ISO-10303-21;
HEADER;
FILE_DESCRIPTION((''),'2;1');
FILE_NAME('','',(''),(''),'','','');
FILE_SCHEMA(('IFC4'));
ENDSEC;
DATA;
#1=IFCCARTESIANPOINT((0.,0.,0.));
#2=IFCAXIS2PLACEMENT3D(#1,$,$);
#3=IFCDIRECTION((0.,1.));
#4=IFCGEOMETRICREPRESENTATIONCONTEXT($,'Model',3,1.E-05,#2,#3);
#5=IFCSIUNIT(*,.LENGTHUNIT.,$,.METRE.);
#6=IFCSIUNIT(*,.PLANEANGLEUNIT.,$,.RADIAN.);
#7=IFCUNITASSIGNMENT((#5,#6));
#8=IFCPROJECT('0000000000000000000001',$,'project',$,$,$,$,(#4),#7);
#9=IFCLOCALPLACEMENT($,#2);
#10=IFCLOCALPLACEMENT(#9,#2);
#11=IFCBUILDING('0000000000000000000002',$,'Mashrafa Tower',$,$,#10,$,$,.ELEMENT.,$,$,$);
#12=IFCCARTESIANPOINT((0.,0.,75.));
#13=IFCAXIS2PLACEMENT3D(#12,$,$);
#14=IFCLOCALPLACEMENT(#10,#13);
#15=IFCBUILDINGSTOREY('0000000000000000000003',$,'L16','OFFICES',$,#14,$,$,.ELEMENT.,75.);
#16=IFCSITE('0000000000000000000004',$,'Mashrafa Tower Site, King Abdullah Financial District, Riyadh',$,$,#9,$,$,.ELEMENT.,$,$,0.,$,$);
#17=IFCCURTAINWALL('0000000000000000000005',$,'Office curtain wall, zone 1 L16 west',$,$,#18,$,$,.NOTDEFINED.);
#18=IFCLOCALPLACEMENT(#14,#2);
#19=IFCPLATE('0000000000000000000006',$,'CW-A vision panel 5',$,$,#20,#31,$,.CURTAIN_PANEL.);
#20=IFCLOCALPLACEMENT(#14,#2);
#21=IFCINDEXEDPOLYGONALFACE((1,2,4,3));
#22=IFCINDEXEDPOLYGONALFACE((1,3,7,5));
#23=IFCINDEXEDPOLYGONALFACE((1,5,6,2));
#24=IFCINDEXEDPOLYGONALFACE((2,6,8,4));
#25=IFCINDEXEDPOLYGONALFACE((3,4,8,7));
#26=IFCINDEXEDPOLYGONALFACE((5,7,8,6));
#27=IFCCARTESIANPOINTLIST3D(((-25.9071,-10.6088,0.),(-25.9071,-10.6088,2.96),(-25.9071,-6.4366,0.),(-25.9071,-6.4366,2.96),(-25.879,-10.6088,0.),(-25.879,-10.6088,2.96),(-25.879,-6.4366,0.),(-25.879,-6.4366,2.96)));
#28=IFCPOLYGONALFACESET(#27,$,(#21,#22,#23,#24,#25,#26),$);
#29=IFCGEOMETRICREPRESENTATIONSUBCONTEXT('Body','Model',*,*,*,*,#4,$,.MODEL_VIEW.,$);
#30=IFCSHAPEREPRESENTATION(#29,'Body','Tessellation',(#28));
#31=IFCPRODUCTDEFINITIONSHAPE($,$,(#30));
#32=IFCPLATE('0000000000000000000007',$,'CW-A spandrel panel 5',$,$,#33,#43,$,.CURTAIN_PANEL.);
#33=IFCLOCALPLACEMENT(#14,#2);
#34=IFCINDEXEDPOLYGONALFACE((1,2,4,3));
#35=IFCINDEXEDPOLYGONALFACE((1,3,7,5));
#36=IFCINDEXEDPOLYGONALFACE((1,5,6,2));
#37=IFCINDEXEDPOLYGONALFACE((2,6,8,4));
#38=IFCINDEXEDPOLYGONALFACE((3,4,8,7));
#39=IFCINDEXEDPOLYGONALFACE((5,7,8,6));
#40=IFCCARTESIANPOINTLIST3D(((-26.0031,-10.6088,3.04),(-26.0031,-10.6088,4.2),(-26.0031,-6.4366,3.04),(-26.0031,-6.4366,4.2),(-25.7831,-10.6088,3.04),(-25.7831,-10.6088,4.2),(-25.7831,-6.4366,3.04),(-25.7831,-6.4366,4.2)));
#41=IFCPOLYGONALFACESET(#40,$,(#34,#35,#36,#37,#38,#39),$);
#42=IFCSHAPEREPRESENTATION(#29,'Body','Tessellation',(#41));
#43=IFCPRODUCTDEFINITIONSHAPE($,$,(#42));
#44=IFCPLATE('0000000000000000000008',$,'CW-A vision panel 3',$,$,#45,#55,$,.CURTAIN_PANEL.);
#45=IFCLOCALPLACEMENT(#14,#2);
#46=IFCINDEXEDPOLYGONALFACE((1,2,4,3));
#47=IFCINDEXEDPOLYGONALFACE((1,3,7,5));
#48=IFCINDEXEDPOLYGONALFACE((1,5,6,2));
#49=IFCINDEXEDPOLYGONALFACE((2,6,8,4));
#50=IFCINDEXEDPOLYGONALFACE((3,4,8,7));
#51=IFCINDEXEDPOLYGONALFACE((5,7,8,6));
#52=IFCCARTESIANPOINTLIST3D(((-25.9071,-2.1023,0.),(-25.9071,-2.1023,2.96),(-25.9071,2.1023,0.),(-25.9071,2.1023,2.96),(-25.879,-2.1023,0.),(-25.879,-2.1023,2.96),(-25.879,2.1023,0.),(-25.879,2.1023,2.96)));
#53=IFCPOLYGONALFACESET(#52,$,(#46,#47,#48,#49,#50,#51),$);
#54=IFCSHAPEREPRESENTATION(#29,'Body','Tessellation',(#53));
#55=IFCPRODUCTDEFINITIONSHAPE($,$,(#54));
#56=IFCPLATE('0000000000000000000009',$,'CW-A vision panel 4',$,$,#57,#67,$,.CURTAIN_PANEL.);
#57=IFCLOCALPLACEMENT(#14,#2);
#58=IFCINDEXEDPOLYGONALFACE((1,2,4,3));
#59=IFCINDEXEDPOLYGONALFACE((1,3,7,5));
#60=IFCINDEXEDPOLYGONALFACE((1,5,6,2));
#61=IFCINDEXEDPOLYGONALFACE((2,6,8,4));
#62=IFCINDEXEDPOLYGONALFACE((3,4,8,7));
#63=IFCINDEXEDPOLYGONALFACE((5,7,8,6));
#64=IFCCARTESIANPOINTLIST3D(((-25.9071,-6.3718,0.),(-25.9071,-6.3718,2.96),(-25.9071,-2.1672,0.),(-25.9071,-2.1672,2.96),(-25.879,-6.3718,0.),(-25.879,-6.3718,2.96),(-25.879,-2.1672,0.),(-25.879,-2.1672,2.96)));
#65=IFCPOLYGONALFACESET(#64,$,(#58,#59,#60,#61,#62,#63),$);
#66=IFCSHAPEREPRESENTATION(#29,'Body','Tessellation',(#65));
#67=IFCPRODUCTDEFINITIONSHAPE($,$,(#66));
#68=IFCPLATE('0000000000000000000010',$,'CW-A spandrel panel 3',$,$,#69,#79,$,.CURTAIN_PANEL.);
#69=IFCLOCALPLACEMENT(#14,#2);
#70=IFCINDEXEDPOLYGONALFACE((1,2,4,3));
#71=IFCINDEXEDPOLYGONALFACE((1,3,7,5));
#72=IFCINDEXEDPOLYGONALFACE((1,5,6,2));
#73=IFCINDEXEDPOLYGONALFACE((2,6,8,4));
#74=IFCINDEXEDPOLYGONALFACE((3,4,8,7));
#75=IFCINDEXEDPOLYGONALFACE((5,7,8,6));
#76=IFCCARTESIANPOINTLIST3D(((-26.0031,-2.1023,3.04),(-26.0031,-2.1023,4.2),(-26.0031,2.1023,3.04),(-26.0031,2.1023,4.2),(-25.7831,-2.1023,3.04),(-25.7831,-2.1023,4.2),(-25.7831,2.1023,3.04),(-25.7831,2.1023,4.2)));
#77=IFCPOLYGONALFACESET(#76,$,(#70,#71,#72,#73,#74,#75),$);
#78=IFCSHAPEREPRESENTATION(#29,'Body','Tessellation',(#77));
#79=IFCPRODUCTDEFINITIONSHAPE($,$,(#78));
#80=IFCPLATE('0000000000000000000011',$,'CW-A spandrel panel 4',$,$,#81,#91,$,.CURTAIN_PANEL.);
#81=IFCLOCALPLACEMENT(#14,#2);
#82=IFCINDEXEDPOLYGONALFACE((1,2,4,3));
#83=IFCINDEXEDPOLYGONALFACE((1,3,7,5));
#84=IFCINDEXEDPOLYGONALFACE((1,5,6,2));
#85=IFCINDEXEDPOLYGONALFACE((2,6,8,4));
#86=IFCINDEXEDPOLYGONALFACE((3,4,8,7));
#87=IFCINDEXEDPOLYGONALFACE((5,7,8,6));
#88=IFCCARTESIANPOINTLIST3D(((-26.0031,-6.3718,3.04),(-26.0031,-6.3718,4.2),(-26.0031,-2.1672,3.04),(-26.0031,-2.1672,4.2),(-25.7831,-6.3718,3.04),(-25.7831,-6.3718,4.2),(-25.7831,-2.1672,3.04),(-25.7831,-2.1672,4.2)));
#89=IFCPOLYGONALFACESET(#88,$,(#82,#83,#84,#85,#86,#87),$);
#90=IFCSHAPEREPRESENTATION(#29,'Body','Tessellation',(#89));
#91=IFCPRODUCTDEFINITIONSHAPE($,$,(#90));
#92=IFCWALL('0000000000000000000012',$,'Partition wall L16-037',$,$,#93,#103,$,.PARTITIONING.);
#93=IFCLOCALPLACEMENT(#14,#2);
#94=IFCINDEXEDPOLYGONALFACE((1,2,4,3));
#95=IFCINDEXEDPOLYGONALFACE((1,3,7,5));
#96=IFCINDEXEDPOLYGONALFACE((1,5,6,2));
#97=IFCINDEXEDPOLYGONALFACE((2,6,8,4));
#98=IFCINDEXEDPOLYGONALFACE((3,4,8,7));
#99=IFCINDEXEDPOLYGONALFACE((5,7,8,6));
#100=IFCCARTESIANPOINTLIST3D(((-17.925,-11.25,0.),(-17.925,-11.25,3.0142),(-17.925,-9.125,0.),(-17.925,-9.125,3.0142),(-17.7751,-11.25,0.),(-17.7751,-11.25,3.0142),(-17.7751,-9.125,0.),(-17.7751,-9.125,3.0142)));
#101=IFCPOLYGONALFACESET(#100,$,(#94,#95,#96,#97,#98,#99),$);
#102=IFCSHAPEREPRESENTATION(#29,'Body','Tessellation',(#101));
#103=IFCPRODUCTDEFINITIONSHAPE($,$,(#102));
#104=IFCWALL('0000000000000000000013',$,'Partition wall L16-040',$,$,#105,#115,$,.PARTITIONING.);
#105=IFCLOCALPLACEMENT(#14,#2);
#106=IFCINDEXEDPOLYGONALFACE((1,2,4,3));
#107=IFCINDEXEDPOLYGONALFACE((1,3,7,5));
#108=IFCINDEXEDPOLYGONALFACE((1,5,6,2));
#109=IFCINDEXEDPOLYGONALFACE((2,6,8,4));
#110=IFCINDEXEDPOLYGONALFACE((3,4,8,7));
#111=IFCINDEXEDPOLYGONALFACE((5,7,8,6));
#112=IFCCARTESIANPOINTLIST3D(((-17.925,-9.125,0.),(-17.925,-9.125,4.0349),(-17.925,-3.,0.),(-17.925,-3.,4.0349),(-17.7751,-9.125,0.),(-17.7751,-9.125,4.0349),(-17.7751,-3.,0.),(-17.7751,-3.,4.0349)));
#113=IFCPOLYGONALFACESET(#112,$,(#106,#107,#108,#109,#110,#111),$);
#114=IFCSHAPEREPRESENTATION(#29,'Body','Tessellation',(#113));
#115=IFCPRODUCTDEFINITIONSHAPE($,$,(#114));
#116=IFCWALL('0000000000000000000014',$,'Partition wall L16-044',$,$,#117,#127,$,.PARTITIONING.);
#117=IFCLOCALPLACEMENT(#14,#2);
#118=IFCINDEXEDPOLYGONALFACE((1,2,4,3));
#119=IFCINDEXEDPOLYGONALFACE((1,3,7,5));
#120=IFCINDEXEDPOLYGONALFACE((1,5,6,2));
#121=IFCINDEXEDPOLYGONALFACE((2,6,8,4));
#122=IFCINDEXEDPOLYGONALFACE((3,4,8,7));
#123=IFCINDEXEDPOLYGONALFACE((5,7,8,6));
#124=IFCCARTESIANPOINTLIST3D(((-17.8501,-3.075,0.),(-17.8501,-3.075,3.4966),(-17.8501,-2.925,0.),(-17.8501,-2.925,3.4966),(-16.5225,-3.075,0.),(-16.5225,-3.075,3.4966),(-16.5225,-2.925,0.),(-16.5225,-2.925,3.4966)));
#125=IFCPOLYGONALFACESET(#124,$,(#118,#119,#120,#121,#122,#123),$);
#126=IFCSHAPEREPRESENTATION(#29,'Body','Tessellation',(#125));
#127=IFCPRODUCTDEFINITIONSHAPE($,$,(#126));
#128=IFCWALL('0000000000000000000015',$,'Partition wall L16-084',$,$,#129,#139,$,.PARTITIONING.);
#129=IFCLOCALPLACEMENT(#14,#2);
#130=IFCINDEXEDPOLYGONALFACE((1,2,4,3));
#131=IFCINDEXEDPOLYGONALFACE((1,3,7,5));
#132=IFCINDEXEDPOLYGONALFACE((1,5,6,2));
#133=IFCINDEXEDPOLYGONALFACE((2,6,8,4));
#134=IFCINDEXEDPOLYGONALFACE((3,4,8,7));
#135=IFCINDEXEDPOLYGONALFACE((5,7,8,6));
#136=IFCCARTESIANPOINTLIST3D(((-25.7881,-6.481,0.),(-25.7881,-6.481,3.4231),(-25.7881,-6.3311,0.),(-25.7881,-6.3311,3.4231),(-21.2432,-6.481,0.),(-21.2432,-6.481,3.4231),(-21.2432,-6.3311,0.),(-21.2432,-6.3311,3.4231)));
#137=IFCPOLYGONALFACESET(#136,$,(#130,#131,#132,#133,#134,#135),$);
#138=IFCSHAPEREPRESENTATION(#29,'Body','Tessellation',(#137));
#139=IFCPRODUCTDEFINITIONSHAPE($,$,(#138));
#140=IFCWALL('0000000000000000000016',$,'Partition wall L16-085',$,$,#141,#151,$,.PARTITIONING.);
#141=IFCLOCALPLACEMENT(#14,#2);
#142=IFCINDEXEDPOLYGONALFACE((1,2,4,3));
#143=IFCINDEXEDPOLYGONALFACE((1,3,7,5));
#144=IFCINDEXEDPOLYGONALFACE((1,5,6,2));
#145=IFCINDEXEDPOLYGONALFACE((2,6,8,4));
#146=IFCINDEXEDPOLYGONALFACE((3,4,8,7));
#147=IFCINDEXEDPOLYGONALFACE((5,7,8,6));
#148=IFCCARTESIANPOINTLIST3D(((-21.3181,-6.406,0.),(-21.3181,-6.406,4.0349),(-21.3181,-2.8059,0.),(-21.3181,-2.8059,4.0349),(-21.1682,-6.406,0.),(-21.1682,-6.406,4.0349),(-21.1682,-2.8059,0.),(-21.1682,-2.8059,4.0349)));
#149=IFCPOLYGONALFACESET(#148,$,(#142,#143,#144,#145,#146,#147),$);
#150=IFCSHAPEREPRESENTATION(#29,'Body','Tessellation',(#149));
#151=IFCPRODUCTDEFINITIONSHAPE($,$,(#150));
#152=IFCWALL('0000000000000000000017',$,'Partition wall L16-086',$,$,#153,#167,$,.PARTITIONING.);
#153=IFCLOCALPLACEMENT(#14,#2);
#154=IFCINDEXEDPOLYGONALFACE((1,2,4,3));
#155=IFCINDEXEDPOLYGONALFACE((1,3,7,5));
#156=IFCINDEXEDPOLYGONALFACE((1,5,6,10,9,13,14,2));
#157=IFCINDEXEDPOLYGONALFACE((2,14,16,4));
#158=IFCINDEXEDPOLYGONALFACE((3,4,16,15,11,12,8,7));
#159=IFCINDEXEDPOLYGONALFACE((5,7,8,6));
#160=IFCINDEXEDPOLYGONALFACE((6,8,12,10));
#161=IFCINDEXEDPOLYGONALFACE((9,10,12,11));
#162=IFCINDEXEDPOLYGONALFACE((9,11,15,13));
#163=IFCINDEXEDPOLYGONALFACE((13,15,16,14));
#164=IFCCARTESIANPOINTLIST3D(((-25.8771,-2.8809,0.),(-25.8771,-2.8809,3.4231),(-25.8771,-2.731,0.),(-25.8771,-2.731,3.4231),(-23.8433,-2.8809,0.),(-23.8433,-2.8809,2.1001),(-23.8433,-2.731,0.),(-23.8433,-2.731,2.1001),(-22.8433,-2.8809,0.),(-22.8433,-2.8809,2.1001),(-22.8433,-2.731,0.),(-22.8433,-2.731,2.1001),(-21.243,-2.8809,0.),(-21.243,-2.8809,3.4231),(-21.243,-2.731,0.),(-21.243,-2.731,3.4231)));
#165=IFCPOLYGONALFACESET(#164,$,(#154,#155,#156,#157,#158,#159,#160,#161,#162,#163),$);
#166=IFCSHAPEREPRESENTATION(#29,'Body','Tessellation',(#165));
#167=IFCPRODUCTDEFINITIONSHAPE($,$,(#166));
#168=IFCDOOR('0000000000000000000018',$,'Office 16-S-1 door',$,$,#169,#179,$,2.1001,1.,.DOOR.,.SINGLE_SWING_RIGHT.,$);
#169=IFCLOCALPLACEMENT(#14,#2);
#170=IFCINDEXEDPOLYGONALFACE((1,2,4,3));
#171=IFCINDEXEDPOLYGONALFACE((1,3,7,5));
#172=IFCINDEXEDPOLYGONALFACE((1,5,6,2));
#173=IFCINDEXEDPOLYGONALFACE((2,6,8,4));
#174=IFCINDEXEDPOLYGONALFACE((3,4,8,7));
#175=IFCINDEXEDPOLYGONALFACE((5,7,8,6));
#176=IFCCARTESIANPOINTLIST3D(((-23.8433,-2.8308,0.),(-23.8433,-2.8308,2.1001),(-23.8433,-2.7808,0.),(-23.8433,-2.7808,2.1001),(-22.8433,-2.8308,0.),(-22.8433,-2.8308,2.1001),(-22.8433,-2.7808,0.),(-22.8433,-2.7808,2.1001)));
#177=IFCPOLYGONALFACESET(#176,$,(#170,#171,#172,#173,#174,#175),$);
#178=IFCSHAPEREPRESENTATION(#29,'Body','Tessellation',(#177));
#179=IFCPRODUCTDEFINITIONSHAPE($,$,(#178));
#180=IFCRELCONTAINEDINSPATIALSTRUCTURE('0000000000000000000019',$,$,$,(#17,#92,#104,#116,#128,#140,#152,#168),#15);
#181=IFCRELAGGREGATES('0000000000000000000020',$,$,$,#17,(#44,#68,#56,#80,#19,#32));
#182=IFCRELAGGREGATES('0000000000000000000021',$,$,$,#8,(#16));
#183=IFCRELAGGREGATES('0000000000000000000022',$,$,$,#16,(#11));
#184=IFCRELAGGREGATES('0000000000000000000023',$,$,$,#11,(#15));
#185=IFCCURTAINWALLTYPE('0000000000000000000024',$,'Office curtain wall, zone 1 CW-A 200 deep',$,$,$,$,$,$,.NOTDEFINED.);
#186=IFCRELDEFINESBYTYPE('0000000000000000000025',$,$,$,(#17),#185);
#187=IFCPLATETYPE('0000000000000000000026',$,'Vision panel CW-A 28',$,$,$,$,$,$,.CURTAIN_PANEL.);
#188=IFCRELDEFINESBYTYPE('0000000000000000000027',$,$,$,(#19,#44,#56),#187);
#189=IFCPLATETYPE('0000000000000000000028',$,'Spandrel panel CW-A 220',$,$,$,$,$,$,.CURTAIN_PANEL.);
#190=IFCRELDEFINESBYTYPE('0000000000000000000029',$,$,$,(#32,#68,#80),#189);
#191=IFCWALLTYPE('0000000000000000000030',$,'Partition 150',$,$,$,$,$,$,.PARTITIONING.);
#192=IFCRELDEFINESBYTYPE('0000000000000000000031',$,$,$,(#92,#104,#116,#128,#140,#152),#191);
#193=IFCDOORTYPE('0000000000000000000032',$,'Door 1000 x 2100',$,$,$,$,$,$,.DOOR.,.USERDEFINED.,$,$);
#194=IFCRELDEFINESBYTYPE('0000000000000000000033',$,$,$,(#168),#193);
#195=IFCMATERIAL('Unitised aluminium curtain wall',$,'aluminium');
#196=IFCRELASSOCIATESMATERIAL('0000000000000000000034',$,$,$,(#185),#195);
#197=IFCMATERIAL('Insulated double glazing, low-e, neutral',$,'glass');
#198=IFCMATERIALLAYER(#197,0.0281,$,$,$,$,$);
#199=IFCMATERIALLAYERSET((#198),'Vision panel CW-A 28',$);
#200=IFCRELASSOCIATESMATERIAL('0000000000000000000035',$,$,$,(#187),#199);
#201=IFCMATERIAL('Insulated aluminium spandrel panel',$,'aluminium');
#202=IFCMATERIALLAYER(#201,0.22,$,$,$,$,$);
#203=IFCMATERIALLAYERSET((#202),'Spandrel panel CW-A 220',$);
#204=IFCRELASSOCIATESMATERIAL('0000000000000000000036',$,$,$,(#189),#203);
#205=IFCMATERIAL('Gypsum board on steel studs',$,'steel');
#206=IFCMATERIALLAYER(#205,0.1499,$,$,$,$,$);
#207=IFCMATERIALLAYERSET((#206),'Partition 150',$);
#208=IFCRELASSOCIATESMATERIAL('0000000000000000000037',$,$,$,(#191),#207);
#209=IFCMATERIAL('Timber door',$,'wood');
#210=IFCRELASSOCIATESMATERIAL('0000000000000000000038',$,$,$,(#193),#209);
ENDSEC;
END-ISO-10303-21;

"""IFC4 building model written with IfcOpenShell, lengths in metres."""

from ifc_helpers import new_model, si_unit, direction, frame, frame_2d, origin, origin_2d, place, context, subcontext, project, spatial, rectangle, extrude, source, transform, mapped, material, layer, layer_set, type_object, type_shapes, element, fill, aggregate, save


model = new_model("IFC4")

# Units and contexts
model_context = context("Model", 3, precision=1e-05, world=origin(), true_north=direction((0.0, 1.0)))
body_context = subcontext(model_context, "Body", "Model", "MODEL_VIEW")
ifc_project = project(units=[si_unit("LENGTHUNIT", "METRE"), si_unit("PLANEANGLEUNIT", "RADIAN")], contexts=[model_context])

# Site, building, storey
site_placement = place(None, origin())
site = spatial("IfcSite", under=ifc_project, at=site_placement, Name="Mashrafa Tower Site, King Abdullah Financial District, Riyadh", CompositionType="ELEMENT", RefElevation=0.0)
building_placement = place(site_placement, origin())
building = spatial("IfcBuilding", under=site, at=building_placement, Name="Mashrafa Tower", CompositionType="ELEMENT")
storey_placement = place(building_placement, frame((0.0, 0.0, 75.0)))
storey = spatial("IfcBuildingStorey", under=building, at=storey_placement, Name="L16", Description="OFFICES", CompositionType="ELEMENT", Elevation=75.0)

# Curtain wall, plates
ifc_material_1 = material(Name="Unitised aluminium curtain wall", Category="aluminium")
curtain_wall_type = type_object("IfcCurtainWallType", Name="Office curtain wall, zone 1 CW-A 200 deep", PredefinedType="NOTDEFINED", material=ifc_material_1)
curtain_wall_placement = place(storey_placement, origin())
curtain_wall = element("IfcCurtainWall", 1, at=curtain_wall_placement, inside=storey, type_object=curtain_wall_type, Name="Office curtain wall, zone 1 L16 west", PredefinedType="NOTDEFINED")
ifc_material_2 = material(Name="Insulated double glazing, low-e, neutral", Category="glass")
ifc_layer_1 = layer(ifc_material_2, 0.0281)
ifc_layer_set_1 = layer_set([ifc_layer_1], Name="Vision panel CW-A 28")
plate_type_1 = type_object("IfcPlateType", Name="Vision panel CW-A 28", PredefinedType="CURTAIN_PANEL", material=ifc_layer_set_1)
shared_shape_1 = source(origin(), body_context, "Body", "SweptSolid", [
    extrude(rectangle(XDim=4.1721, YDim=0.0281, at=origin_2d()), origin(), (0.0, 0.0, 1.0), 2.96),
])
plate_1_placement = place(storey_placement, frame((-25.8931, -8.5227, 0.0), z_axis=(0.0, 0.0, 1.0), x_axis=(0.0, -1.0, 0.0)))
plate_1 = element("IfcPlate", 2, at=plate_1_placement, type_object=plate_type_1, Name="CW-A vision panel 5", PredefinedType="CURTAIN_PANEL", context=body_context, shape_type="MappedRepresentation", body=[
    mapped(shared_shape_1, transform((0.0, 0.0, 0.0))),
])
ifc_material_3 = material(Name="Insulated aluminium spandrel panel", Category="aluminium")
ifc_layer_2 = layer(ifc_material_3, 0.22)
ifc_layer_set_2 = layer_set([ifc_layer_2], Name="Spandrel panel CW-A 220")
plate_type_2 = type_object("IfcPlateType", Name="Spandrel panel CW-A 220", PredefinedType="CURTAIN_PANEL", material=ifc_layer_set_2)
shared_shape_2 = source(origin(), body_context, "Body", "SweptSolid", [
    extrude(rectangle(XDim=4.1721, YDim=0.22, at=origin_2d()), origin(), (0.0, 0.0, 1.0), 1.1599),
])
plate_2_placement = place(storey_placement, frame((-25.8931, -8.5227, 3.04), z_axis=(0.0, 0.0, 1.0), x_axis=(0.0, -1.0, 0.0)))
plate_2 = element("IfcPlate", 3, at=plate_2_placement, type_object=plate_type_2, Name="CW-A spandrel panel 5", PredefinedType="CURTAIN_PANEL", context=body_context, shape_type="MappedRepresentation", body=[
    mapped(shared_shape_2, transform((0.0, 0.0, 0.0))),
])
shared_shape_3 = source(origin(), body_context, "Body", "SweptSolid", [
    extrude(rectangle(XDim=4.2046, YDim=0.0281, at=origin_2d()), origin(), (0.0, 0.0, 1.0), 2.96),
])
type_shapes(plate_type_1, [shared_shape_1, shared_shape_3])
plate_3_placement = place(storey_placement, frame((-25.8931, 0.0, 0.0), z_axis=(0.0, 0.0, 1.0), x_axis=(0.0, -1.0, 0.0)))
plate_3 = element("IfcPlate", 4, at=plate_3_placement, type_object=plate_type_1, Name="CW-A vision panel 3", PredefinedType="CURTAIN_PANEL", context=body_context, shape_type="MappedRepresentation", body=[
    mapped(shared_shape_3, transform((0.0, 0.0, 0.0))),
])
plate_4_placement = place(storey_placement, frame((-25.8931, -4.2695, 0.0), z_axis=(0.0, 0.0, 1.0), x_axis=(0.0, -1.0, 0.0)))
plate_4 = element("IfcPlate", 5, at=plate_4_placement, type_object=plate_type_1, Name="CW-A vision panel 4", PredefinedType="CURTAIN_PANEL", context=body_context, shape_type="MappedRepresentation", body=[
    mapped(shared_shape_3, transform((0.0, 0.0, 0.0))),
])
shared_shape_4 = source(origin(), body_context, "Body", "SweptSolid", [
    extrude(rectangle(XDim=4.2046, YDim=0.22, at=origin_2d()), origin(), (0.0, 0.0, 1.0), 1.1599),
])
type_shapes(plate_type_2, [shared_shape_2, shared_shape_4])
plate_5_placement = place(storey_placement, frame((-25.8931, 0.0, 3.04), z_axis=(0.0, 0.0, 1.0), x_axis=(0.0, -1.0, 0.0)))
plate_5 = element("IfcPlate", 6, at=plate_5_placement, type_object=plate_type_2, Name="CW-A spandrel panel 3", PredefinedType="CURTAIN_PANEL", context=body_context, shape_type="MappedRepresentation", body=[
    mapped(shared_shape_4, transform((0.0, 0.0, 0.0))),
])
plate_6_placement = place(storey_placement, frame((-25.8931, -4.2695, 3.04), z_axis=(0.0, 0.0, 1.0), x_axis=(0.0, -1.0, 0.0)))
plate_6 = element("IfcPlate", 7, at=plate_6_placement, type_object=plate_type_2, Name="CW-A spandrel panel 4", PredefinedType="CURTAIN_PANEL", context=body_context, shape_type="MappedRepresentation", body=[
    mapped(shared_shape_4, transform((0.0, 0.0, 0.0))),
])
aggregate(curtain_wall, [plate_3, plate_5, plate_4, plate_6, plate_1, plate_2])

# Walls
ifc_material_4 = material(Name="Gypsum board on steel studs", Category="steel")
ifc_layer_3 = layer(ifc_material_4, 0.1499)
ifc_layer_set_3 = layer_set([ifc_layer_3], Name="Partition 150")
wall_type = type_object("IfcWallType", Name="Partition 150", PredefinedType="PARTITIONING", material=ifc_layer_set_3)
wall_1_placement = place(storey_placement, frame((-17.8501, -9.125, 0.0), z_axis=(0.0, 0.0, 1.0), x_axis=(0.0, -1.0, 0.0)))
element("IfcWall", 8, at=wall_1_placement, inside=storey, type_object=wall_type, Name="Partition wall L16-037", PredefinedType="PARTITIONING", context=body_context, shape_type="SweptSolid", body=[
    extrude(rectangle(XDim=2.125, YDim=0.1499, at=frame_2d((1.0625, 0.0))), origin(), (0.0, 0.0, 1.0), 3.0142),
])
wall_2_placement = place(storey_placement, frame((-17.8501, -9.125, 0.0), z_axis=(0.0, 0.0, 1.0), x_axis=(0.0, 1.0, 0.0)))
element("IfcWall", 9, at=wall_2_placement, inside=storey, type_object=wall_type, Name="Partition wall L16-040", PredefinedType="PARTITIONING", context=body_context, shape_type="SweptSolid", body=[
    extrude(rectangle(XDim=6.125, YDim=0.1499, at=frame_2d((3.0625, 0.0))), origin(), (0.0, 0.0, 1.0), 4.0349),
])
wall_3_placement = place(storey_placement, frame((-16.5225, -3.0, 0.0), z_axis=(0.0, 0.0, 1.0), x_axis=(-1.0, 0.0, 0.0)))
element("IfcWall", 10, at=wall_3_placement, inside=storey, type_object=wall_type, Name="Partition wall L16-044", PredefinedType="PARTITIONING", context=body_context, shape_type="SweptSolid", body=[
    extrude(rectangle(XDim=1.3276, YDim=0.1499, at=frame_2d((0.6638, 0.0))), origin(), (0.0, 0.0, 1.0), 3.4966),
])
wall_4_placement = place(storey_placement, frame((-25.7881, -6.406, 0.0), z_axis=(0.0, 0.0, 1.0), x_axis=(1.0, 0.0, 0.0)))
element("IfcWall", 11, at=wall_4_placement, inside=storey, type_object=wall_type, Name="Partition wall L16-084", PredefinedType="PARTITIONING", context=body_context, shape_type="SweptSolid", body=[
    extrude(rectangle(XDim=4.5449, YDim=0.1499, at=frame_2d((2.2725, 0.0))), origin(), (0.0, 0.0, 1.0), 3.4231),
])
wall_5_placement = place(storey_placement, frame((-21.2432, -6.406, 0.0), z_axis=(0.0, 0.0, 1.0), x_axis=(0.0, 1.0, 0.0)))
element("IfcWall", 12, at=wall_5_placement, inside=storey, type_object=wall_type, Name="Partition wall L16-085", PredefinedType="PARTITIONING", context=body_context, shape_type="SweptSolid", body=[
    extrude(rectangle(XDim=3.6001, YDim=0.1499, at=frame_2d((1.8, 0.0))), origin(), (0.0, 0.0, 1.0), 4.0349),
])

# Wall, opening, door
wall_6_placement = place(storey_placement, frame((-21.2432, -2.8059, 0.0), z_axis=(0.0, 0.0, 1.0), x_axis=(-1.0, 0.0, 0.0)))
wall_6 = element("IfcWall", 13, at=wall_6_placement, inside=storey, type_object=wall_type, Name="Partition wall L16-086", PredefinedType="PARTITIONING", context=body_context, shape_type="SweptSolid", body=[
    extrude(rectangle(XDim=4.634, YDim=0.1499, at=frame_2d((2.3169, 0.0))), origin(), (0.0, 0.0, 1.0), 3.4231),
])
opening_1_placement = place(wall_6_placement, frame((1.6001, 0.0, 0.0)))
opening_1 = element("IfcOpeningElement", 14, at=opening_1_placement, cuts=wall_6, PredefinedType="OPENING", context=body_context, shape_type="SweptSolid", body=[
    extrude(rectangle(XDim=1.0, YDim=2.1001, at=frame_2d((0.5, 1.05))), frame((0.0, 0.085, 0.0), z_axis=(0.0, -1.0, 0.0), x_axis=(1.0, 0.0, 0.0)), (0.0, 0.0, 1.0), 0.1699),
])
ifc_material_5 = material(Name="Timber door", Category="wood")
door_type = type_object("IfcDoorType", Name="Door 1000 x 2100", OperationType="USERDEFINED", PredefinedType="DOOR", material=ifc_material_5)
door_1_placement = place(opening_1_placement, origin())
door_1 = element("IfcDoor", 15, at=door_1_placement, inside=storey, type_object=door_type, Name="Office 16-S-1 door", OperationType="SINGLE_SWING_RIGHT", OverallHeight=2.1001, OverallWidth=1.0, PredefinedType="DOOR", context=body_context, shape_type="SweptSolid", body=[
    extrude(rectangle(XDim=1.0, YDim=2.1001, at=frame_2d((0.5, 1.05))), frame((0.0, 0.0249, 0.0), z_axis=(0.0, -1.0, 0.0), x_axis=(1.0, 0.0, 0.0)), (0.0, 0.0, 1.0), 0.05),
])
fill(opening_1, door_1)

save(model, "model.ifc")
